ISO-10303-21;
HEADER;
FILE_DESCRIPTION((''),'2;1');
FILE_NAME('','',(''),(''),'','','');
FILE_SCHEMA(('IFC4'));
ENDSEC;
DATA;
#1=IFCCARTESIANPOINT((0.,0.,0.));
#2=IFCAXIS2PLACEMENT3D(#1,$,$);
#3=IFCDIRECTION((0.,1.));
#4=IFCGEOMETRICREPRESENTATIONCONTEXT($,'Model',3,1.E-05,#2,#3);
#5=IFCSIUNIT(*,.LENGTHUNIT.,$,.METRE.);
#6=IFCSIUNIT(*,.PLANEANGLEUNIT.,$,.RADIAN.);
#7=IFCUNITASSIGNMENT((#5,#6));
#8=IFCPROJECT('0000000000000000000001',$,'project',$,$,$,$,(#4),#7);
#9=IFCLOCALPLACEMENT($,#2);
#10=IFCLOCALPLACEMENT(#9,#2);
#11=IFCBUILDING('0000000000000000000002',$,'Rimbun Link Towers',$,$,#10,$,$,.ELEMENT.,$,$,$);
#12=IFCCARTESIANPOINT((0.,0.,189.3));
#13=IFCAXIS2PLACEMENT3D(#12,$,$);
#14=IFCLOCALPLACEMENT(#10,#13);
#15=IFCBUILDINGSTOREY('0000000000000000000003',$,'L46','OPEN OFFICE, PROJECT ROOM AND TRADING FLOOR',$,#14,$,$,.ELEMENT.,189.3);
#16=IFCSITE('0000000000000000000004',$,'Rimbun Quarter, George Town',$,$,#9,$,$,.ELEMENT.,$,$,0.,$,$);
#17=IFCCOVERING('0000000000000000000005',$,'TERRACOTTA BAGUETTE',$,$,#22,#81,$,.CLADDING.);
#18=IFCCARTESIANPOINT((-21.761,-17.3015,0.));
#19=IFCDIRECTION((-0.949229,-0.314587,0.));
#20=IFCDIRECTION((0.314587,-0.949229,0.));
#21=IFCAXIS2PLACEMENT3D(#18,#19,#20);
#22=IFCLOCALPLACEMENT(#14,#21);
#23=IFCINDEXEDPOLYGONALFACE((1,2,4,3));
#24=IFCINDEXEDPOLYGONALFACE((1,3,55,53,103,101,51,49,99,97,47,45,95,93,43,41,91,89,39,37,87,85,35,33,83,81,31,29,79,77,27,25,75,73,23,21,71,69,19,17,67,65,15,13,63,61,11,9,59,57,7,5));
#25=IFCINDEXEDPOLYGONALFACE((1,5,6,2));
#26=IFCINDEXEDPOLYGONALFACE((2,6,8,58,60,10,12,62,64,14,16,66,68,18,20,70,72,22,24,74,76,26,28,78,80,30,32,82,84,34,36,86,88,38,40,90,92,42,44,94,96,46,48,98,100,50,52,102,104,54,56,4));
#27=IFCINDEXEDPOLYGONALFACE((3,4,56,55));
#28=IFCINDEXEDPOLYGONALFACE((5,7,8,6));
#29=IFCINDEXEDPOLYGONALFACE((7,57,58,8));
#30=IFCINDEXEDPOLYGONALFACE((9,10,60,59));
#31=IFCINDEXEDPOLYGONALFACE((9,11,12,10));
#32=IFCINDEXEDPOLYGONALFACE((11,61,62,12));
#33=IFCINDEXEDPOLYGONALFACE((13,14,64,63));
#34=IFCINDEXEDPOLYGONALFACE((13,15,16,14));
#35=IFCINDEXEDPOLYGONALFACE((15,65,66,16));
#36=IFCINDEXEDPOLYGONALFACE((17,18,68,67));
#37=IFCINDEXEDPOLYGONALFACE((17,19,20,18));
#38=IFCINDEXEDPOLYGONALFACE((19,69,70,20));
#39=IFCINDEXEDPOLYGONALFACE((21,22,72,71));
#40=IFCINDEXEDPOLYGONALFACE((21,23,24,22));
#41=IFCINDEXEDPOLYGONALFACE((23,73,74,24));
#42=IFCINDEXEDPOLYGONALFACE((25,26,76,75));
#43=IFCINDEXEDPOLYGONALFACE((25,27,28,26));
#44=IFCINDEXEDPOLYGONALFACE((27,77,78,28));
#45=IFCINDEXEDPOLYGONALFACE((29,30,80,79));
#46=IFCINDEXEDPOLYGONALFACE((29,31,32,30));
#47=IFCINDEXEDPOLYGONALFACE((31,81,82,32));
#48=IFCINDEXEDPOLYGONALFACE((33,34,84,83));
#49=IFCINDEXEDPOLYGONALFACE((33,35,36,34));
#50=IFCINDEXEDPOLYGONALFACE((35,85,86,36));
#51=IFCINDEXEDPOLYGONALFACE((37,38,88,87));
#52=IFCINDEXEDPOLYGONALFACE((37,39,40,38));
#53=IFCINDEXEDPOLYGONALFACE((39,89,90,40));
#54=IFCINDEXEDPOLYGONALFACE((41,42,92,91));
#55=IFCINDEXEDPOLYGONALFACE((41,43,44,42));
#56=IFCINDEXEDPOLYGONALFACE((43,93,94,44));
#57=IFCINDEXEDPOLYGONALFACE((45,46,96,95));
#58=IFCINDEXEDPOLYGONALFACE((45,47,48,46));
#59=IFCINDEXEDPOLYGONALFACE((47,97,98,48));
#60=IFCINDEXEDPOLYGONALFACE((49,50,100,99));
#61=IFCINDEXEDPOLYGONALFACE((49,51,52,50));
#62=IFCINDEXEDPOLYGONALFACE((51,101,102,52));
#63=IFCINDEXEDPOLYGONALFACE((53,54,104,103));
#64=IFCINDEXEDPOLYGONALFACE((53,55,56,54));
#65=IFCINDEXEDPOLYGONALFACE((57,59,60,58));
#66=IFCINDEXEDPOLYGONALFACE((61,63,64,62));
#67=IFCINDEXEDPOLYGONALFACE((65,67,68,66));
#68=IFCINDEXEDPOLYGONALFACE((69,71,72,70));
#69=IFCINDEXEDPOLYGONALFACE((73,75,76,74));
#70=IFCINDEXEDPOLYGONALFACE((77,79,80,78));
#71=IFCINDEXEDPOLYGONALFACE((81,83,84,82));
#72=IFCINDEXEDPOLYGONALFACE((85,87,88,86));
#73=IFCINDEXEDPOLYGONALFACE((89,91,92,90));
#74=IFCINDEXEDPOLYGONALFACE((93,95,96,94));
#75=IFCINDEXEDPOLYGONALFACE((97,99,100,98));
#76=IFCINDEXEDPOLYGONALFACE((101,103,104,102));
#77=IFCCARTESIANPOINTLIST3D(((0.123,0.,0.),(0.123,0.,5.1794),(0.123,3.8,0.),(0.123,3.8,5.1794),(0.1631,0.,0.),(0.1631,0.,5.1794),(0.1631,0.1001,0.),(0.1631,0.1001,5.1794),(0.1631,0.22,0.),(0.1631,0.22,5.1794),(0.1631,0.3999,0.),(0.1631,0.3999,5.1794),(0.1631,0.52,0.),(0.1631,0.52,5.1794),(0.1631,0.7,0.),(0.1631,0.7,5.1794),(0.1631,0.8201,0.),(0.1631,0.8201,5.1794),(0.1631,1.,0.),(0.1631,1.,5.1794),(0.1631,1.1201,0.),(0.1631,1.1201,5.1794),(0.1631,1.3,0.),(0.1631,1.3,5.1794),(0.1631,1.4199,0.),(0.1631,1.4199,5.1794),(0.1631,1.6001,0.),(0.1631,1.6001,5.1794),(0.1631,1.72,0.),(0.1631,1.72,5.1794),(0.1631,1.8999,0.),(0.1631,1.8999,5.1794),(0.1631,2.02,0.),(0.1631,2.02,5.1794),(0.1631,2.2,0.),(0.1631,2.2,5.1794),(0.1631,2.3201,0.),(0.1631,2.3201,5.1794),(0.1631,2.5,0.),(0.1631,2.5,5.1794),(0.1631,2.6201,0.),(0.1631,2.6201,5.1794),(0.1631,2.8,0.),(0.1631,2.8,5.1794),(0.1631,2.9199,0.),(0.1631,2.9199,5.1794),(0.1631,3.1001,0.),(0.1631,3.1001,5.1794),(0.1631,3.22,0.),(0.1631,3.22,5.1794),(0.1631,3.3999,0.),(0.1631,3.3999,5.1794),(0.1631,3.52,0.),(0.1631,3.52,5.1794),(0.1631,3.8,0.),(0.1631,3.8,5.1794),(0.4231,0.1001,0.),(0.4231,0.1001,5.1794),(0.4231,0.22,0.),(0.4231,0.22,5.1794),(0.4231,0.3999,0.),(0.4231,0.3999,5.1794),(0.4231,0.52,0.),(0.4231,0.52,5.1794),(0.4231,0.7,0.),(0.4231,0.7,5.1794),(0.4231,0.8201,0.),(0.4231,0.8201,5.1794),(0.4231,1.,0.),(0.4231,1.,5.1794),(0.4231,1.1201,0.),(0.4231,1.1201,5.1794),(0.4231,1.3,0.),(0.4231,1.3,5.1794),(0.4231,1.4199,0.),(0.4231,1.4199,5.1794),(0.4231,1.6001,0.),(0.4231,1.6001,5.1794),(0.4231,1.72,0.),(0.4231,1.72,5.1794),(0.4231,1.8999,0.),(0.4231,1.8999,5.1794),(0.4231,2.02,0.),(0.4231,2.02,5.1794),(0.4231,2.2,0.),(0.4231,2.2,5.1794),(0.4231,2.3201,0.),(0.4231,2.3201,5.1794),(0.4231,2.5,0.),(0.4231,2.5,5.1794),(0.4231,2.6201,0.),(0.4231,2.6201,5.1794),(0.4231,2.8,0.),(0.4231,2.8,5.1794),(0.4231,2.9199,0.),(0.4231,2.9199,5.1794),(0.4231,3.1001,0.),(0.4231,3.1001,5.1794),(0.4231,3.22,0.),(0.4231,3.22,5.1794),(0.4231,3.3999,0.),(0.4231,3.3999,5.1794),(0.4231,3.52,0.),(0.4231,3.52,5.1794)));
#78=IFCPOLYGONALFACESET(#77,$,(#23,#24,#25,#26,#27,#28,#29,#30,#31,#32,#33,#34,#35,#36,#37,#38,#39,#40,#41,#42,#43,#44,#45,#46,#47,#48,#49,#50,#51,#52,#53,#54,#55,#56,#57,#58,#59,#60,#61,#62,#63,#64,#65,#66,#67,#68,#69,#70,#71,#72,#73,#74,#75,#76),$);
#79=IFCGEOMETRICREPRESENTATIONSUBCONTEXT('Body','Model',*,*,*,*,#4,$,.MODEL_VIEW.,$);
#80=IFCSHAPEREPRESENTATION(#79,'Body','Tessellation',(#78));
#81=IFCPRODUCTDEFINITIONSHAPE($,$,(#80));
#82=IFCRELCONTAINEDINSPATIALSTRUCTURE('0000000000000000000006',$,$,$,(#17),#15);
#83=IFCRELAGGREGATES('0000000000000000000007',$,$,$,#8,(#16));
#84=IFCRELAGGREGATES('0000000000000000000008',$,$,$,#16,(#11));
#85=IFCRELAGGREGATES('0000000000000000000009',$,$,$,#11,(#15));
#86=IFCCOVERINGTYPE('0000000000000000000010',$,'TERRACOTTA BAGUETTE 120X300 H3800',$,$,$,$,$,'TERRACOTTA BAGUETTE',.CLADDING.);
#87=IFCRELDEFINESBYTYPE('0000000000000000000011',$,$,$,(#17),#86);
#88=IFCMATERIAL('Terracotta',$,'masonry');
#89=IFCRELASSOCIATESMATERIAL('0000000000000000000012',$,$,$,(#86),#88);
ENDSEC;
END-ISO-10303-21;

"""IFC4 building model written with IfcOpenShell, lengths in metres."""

from ifc_helpers import new_model, si_unit, direction, frame, origin, place, context, subcontext, project, spatial, polyline, outline, extrude, material, material_profile, profile_set, type_object, element, save


model = new_model("IFC4")

# Units and contexts
model_context = context("Model", 3, precision=1e-05, world=origin(), true_north=direction((0.0, 1.0)))
body_context = subcontext(model_context, "Body", "Model", "MODEL_VIEW")
ifc_project = project(units=[si_unit("LENGTHUNIT", "METRE"), si_unit("PLANEANGLEUNIT", "RADIAN")], contexts=[model_context])

# Site, building, storey
site_placement = place(None, origin())
site = spatial("IfcSite", under=ifc_project, at=site_placement, Name="Rimbun Quarter, George Town", CompositionType="ELEMENT", RefElevation=0.0)
building_placement = place(site_placement, origin())
building = spatial("IfcBuilding", under=site, at=building_placement, Name="Rimbun Link Towers", CompositionType="ELEMENT")
storey_placement = place(building_placement, frame((0.0, 0.0, 189.3)))
storey = spatial("IfcBuildingStorey", under=building, at=storey_placement, Name="L46", Description="OPEN OFFICE, PROJECT ROOM AND TRADING FLOOR", CompositionType="ELEMENT", Elevation=189.3)

# Covering
ifc_material_1 = material(Name="Terracotta", Category="masonry")
ifc_material_profile_1 = material_profile(ifc_material_1, outline(polyline([(0.123, 0.0), (0.1631, 0.0), (0.1631, 0.1001), (0.4231, 0.1001), (0.4231, 0.22), (0.1631, 0.22), (0.1631, 0.3999), (0.4231, 0.3999), (0.4231, 0.52), (0.1631, 0.52), (0.1631, 0.7), (0.4231, 0.7), (0.4231, 0.8201), (0.1631, 0.8201), (0.1631, 1.0), (0.4231, 1.0), (0.4231, 1.1201), (0.1631, 1.1201), (0.1631, 1.3), (0.4231, 1.3), (0.4231, 1.4199), (0.1631, 1.4199), (0.1631, 1.6001), (0.4231, 1.6001), (0.4231, 1.72), (0.1631, 1.72), (0.1631, 1.8999), (0.4231, 1.8999), (0.4231, 2.02), (0.1631, 2.02), (0.1631, 2.2), (0.4231, 2.2), (0.4231, 2.3201), (0.1631, 2.3201), (0.1631, 2.5), (0.4231, 2.5), (0.4231, 2.6201), (0.1631, 2.6201), (0.1631, 2.8), (0.4231, 2.8), (0.4231, 2.9199), (0.1631, 2.9199), (0.1631, 3.1001), (0.4231, 3.1001), (0.4231, 3.22), (0.1631, 3.22), (0.1631, 3.3999), (0.4231, 3.3999), (0.4231, 3.52), (0.1631, 3.52), (0.1631, 3.8), (0.123, 3.8), (0.123, 0.0)])), Name="BAGUETTE 120X300")
ifc_profile_set_1 = profile_set([ifc_material_profile_1], Name="Terracotta")
covering_type = type_object("IfcCoveringType", Name="TERRACOTTA BAGUETTE 120X300 H3800", ElementType="TERRACOTTA BAGUETTE", PredefinedType="CLADDING", material=ifc_profile_set_1)
covering_1_placement = place(storey_placement, frame((-21.761, -17.3015, 0.0), z_axis=(-0.949229, -0.314587, 0.0), x_axis=(0.314587, -0.949229, 0.0)))
element("IfcCovering", 1, at=covering_1_placement, inside=storey, type_object=covering_type, Name="TERRACOTTA BAGUETTE", PredefinedType="CLADDING", context=body_context, shape_type="SweptSolid", body=[
    extrude(outline(polyline([(0.123, 0.0), (0.1631, 0.0), (0.1631, 0.1001), (0.4231, 0.1001), (0.4231, 0.22), (0.1631, 0.22), (0.1631, 0.3999), (0.4231, 0.3999), (0.4231, 0.52), (0.1631, 0.52), (0.1631, 0.7), (0.4231, 0.7), (0.4231, 0.8201), (0.1631, 0.8201), (0.1631, 1.0), (0.4231, 1.0), (0.4231, 1.1201), (0.1631, 1.1201), (0.1631, 1.3), (0.4231, 1.3), (0.4231, 1.4199), (0.1631, 1.4199), (0.1631, 1.6001), (0.4231, 1.6001), (0.4231, 1.72), (0.1631, 1.72), (0.1631, 1.8999), (0.4231, 1.8999), (0.4231, 2.02), (0.1631, 2.02), (0.1631, 2.2), (0.4231, 2.2), (0.4231, 2.3201), (0.1631, 2.3201), (0.1631, 2.5), (0.4231, 2.5), (0.4231, 2.6201), (0.1631, 2.6201), (0.1631, 2.8), (0.4231, 2.8), (0.4231, 2.9199), (0.1631, 2.9199), (0.1631, 3.1001), (0.4231, 3.1001), (0.4231, 3.22), (0.1631, 3.22), (0.1631, 3.3999), (0.4231, 3.3999), (0.4231, 3.52), (0.1631, 3.52), (0.1631, 3.8), (0.123, 3.8), (0.123, 0.0)])), origin(), (0.0, 0.0, 1.0), 5.1794),
])

save(model, "model.ifc")
